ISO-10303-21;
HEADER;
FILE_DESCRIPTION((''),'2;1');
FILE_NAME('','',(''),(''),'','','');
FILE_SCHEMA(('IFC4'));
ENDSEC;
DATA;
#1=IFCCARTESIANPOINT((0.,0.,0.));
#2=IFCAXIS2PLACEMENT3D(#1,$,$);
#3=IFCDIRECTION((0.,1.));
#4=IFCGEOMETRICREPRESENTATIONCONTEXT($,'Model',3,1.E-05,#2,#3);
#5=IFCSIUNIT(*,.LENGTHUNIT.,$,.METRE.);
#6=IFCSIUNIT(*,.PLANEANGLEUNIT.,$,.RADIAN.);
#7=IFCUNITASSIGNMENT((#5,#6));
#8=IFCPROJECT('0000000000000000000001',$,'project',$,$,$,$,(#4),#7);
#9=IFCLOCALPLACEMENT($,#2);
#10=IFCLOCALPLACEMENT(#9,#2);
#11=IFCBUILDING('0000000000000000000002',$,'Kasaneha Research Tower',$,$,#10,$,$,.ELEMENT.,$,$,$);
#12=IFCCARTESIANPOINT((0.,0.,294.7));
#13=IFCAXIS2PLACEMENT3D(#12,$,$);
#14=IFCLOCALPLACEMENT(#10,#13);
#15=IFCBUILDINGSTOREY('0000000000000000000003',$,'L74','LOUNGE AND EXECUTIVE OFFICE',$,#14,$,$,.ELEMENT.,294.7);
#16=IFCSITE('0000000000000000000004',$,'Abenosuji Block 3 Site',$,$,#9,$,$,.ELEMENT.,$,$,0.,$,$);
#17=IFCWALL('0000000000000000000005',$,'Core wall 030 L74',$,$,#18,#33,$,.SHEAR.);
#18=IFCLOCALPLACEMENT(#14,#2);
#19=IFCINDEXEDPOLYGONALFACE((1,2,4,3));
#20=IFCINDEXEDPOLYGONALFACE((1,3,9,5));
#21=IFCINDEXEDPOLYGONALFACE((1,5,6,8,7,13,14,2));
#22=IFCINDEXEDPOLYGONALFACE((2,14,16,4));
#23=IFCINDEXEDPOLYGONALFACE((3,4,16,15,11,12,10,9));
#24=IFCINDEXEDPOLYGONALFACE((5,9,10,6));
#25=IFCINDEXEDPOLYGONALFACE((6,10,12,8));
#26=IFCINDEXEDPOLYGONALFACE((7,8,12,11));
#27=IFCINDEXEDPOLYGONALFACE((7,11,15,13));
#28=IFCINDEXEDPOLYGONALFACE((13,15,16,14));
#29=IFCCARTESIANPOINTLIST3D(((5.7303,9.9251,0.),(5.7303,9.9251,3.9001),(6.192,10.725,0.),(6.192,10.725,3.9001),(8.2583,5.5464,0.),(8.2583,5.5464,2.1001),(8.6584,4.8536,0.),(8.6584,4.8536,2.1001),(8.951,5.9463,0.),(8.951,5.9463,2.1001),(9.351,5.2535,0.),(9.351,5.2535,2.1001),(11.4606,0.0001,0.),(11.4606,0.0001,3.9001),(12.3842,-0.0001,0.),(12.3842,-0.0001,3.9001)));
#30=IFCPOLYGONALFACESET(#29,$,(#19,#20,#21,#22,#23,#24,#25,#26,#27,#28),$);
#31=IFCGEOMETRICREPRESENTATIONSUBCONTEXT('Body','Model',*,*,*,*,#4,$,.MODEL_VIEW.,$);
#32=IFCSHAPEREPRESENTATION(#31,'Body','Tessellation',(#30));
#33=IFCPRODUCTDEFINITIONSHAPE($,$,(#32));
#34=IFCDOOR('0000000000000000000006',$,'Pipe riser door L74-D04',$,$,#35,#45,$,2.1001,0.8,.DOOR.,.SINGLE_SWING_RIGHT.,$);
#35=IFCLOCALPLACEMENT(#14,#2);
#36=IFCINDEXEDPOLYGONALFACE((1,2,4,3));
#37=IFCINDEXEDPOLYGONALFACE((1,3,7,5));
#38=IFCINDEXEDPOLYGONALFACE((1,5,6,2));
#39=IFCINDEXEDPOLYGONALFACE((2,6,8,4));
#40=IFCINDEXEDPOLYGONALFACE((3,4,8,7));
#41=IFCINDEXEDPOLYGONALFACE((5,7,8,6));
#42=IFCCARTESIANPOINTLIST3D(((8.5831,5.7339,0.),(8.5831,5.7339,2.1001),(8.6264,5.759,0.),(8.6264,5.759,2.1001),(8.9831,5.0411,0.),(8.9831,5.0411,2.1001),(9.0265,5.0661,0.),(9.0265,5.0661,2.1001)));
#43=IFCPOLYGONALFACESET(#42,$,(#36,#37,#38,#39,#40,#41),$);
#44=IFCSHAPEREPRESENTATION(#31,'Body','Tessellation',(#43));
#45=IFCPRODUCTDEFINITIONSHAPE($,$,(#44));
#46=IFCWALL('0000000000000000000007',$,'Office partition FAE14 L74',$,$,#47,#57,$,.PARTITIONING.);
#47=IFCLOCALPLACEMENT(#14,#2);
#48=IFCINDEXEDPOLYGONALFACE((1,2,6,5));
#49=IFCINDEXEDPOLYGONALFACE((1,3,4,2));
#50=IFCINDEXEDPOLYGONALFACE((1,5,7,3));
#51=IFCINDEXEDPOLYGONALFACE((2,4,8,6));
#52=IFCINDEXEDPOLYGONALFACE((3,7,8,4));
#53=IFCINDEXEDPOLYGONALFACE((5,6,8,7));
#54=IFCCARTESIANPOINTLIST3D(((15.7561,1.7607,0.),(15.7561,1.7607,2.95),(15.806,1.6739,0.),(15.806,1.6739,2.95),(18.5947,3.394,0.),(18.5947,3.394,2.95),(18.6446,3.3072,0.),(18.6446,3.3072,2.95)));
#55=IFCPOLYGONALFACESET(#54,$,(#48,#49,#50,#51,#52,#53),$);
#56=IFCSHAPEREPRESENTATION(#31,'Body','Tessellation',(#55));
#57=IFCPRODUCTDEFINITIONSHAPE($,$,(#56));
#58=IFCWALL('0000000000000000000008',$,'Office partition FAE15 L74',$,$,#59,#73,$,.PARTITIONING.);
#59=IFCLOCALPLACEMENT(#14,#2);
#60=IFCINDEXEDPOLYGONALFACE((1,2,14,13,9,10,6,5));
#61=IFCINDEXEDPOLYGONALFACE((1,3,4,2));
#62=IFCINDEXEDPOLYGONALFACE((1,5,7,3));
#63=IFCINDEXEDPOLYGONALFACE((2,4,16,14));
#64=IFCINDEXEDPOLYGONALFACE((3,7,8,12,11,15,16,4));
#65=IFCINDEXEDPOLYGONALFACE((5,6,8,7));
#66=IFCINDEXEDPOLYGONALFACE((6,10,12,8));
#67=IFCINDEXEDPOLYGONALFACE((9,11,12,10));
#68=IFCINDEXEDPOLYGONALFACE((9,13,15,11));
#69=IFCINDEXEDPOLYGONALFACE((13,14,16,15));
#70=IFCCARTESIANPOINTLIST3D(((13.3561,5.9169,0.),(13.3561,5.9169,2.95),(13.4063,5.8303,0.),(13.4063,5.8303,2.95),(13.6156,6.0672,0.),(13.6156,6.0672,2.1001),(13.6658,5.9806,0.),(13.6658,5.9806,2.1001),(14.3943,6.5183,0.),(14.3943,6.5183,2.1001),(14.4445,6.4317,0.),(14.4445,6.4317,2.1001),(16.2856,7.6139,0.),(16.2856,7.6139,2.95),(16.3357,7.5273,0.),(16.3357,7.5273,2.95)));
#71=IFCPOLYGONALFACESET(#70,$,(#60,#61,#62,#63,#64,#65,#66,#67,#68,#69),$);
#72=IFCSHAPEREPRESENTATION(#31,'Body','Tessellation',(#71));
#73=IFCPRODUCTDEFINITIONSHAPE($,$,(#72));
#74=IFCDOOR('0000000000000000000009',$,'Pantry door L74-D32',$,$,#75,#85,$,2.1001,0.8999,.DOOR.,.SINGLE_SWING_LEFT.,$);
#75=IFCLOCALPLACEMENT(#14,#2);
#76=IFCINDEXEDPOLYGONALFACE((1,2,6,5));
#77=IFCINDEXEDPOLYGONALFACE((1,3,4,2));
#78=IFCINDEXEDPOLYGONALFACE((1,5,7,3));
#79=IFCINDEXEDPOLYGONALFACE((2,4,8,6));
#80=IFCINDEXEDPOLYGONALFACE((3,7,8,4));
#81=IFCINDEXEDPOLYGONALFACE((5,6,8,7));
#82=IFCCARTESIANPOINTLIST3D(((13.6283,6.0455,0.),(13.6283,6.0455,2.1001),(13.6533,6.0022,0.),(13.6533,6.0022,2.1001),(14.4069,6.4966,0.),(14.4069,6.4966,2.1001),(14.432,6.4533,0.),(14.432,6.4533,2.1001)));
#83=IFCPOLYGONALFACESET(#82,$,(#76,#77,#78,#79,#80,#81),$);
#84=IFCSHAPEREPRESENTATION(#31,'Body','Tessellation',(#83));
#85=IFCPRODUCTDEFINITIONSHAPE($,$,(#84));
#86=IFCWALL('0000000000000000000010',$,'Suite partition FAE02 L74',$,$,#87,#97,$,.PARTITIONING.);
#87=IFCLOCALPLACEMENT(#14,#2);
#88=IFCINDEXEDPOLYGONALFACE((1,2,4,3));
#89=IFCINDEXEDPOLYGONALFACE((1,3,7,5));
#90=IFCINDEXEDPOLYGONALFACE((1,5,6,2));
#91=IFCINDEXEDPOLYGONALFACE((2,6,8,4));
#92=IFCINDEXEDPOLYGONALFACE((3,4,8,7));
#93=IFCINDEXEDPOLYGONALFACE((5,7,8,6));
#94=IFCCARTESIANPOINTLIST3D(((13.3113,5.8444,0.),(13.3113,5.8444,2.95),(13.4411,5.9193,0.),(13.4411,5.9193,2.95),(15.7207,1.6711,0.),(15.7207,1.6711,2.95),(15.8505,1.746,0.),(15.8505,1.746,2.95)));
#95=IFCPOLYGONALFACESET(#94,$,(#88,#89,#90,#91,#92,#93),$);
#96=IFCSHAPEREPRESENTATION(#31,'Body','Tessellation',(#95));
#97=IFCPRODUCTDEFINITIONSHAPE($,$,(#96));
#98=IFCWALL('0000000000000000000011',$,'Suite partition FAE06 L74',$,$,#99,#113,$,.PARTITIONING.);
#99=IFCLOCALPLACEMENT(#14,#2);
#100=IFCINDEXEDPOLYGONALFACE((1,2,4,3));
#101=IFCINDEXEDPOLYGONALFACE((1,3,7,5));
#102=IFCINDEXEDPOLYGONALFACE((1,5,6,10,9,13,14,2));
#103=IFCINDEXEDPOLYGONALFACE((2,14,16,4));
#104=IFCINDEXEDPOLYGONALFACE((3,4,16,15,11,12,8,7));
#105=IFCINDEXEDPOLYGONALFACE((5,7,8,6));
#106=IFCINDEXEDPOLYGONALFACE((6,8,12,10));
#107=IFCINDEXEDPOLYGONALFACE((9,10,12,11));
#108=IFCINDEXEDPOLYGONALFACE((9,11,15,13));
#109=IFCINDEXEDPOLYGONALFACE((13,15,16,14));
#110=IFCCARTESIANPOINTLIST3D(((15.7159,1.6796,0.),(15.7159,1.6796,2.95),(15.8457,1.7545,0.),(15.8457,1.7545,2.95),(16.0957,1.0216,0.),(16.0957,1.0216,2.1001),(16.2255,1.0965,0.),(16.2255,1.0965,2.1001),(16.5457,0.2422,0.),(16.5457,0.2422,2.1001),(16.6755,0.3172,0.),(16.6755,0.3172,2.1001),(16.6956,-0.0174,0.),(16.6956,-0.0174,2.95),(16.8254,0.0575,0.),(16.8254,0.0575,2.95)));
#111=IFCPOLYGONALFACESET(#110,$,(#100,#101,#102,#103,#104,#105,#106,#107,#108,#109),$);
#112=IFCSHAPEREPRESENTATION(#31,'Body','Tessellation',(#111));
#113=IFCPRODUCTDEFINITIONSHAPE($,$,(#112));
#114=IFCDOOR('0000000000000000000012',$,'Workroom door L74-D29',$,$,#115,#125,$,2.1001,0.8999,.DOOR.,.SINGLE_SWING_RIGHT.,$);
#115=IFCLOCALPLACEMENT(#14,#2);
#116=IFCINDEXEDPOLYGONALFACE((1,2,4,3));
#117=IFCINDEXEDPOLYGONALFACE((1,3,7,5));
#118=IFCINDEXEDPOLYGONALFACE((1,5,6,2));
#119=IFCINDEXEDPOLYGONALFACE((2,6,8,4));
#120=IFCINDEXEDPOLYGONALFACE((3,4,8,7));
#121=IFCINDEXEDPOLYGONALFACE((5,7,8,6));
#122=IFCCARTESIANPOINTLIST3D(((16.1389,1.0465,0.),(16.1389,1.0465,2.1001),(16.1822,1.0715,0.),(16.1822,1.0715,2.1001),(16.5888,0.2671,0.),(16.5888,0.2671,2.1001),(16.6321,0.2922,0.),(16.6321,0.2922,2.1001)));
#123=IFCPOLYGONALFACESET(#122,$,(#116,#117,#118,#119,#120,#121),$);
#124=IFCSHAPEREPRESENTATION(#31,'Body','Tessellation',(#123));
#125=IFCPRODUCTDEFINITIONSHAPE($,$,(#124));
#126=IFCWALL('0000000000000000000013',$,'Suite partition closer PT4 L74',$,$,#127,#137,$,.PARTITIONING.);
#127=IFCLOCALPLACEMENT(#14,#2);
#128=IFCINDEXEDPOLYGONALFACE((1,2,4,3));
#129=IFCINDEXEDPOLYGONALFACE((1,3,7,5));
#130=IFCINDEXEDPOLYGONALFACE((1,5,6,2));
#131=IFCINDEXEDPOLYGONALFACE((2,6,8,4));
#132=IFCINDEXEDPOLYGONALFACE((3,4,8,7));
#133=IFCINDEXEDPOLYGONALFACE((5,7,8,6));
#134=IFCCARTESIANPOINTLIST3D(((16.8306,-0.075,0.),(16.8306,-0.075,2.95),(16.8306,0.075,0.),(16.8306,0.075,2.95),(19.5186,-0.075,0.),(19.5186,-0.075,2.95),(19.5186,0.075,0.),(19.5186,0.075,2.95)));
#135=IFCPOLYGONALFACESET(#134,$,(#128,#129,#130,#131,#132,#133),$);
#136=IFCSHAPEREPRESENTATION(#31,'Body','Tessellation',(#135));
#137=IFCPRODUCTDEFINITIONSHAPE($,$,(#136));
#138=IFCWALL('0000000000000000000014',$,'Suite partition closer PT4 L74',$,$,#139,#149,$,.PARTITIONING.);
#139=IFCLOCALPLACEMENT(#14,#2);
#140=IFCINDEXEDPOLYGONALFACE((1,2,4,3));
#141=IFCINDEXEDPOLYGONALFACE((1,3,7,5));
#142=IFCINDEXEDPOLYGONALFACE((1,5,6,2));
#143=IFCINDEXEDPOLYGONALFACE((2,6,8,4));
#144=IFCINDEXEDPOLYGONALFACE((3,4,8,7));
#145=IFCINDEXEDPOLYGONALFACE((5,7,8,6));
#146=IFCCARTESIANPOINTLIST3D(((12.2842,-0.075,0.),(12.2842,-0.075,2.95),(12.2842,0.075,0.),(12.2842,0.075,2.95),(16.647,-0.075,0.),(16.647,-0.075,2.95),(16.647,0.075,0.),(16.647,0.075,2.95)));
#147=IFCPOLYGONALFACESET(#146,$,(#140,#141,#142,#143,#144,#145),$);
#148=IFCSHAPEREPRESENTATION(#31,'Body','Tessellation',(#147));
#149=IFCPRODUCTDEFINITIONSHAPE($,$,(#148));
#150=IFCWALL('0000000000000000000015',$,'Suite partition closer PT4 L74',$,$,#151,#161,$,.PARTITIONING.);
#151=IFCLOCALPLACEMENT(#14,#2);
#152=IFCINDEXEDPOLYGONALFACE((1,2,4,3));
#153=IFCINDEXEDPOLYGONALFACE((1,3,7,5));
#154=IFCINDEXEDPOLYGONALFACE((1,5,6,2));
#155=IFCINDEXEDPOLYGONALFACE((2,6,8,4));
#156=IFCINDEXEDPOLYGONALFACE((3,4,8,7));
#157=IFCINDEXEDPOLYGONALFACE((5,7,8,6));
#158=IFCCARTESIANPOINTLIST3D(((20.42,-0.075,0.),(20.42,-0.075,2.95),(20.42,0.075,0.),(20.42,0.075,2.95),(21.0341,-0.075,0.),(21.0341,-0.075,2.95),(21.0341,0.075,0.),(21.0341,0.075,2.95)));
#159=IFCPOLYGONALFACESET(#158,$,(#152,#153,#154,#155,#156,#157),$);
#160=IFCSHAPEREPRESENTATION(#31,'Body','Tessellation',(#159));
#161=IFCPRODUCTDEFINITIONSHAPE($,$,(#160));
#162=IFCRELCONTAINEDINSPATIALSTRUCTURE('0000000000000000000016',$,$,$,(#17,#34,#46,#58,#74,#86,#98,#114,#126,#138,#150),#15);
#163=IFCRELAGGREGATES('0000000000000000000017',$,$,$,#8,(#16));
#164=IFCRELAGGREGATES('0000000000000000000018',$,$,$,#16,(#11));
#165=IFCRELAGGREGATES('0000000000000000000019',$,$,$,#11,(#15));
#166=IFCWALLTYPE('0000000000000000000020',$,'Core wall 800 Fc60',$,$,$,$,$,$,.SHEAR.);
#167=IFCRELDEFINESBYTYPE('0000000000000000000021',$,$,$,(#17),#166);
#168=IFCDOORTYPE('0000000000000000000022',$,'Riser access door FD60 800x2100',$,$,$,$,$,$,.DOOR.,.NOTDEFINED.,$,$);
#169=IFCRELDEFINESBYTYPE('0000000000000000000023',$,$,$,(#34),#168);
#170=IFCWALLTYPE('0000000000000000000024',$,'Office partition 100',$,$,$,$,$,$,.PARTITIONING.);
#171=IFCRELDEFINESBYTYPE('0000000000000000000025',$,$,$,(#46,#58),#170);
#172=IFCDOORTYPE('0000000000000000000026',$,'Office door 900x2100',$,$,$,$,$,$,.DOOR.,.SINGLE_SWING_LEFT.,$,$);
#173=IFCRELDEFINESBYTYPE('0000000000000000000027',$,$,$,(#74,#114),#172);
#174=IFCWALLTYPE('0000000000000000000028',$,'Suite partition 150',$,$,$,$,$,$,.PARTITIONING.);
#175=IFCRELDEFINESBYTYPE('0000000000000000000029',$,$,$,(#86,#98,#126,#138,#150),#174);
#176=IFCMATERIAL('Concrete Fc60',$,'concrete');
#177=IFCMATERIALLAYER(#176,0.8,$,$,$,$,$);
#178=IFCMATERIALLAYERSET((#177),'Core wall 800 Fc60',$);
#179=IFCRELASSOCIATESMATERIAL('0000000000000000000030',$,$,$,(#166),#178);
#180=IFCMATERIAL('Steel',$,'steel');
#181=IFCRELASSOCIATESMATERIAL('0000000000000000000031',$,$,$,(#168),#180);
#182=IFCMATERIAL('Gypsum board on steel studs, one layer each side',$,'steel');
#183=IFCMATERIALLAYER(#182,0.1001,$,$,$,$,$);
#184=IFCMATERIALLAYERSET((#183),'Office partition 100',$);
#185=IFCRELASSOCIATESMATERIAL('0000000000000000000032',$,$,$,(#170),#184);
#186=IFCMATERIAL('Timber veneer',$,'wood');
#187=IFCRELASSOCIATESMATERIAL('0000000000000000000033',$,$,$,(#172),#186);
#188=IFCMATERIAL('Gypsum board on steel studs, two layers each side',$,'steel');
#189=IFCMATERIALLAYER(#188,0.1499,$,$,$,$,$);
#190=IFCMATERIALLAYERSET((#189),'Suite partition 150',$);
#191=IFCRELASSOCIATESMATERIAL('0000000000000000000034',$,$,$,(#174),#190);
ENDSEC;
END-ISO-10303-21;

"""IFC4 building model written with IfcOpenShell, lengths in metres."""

from ifc_helpers import new_model, si_unit, direction, frame, frame_2d, origin, place, context, subcontext, project, spatial, polyline, rectangle, outline, extrude, material, layer, layer_set, type_object, element, fill, save


model = new_model("IFC4")

# Units and contexts
model_context = context("Model", 3, precision=1e-05, world=origin(), true_north=direction((0.0, 1.0)))
body_context = subcontext(model_context, "Body", "Model", "MODEL_VIEW")
ifc_project = project(units=[si_unit("LENGTHUNIT", "METRE"), si_unit("PLANEANGLEUNIT", "RADIAN")], contexts=[model_context])

# Site, building, storey
site_placement = place(None, origin())
site = spatial("IfcSite", under=ifc_project, at=site_placement, Name="Abenosuji Block 3 Site", CompositionType="ELEMENT", RefElevation=0.0)
building_placement = place(site_placement, origin())
building = spatial("IfcBuilding", under=site, at=building_placement, Name="Kasaneha Research Tower", CompositionType="ELEMENT")
storey_placement = place(building_placement, frame((0.0, 0.0, 294.7)))
storey = spatial("IfcBuildingStorey", under=building, at=storey_placement, Name="L74", Description="LOUNGE AND EXECUTIVE OFFICE", CompositionType="ELEMENT", Elevation=294.7)

# Wall, opening, door
ifc_material_1 = material(Name="Concrete Fc60", Category="concrete")
ifc_layer_1 = layer(ifc_material_1, 0.8)
ifc_layer_set_1 = layer_set([ifc_layer_1], Name="Core wall 800 Fc60")
wall_type_1 = type_object("IfcWallType", Name="Core wall 800 Fc60", PredefinedType="SHEAR", material=ifc_layer_set_1)
wall_1_placement = place(storey_placement, frame((11.9224, 0.0, 0.0), z_axis=(0.0, 0.0, 1.0), x_axis=(-0.500004, 0.866023, 0.0)))
wall_1 = element("IfcWall", 1, at=wall_1_placement, inside=storey, type_object=wall_type_1, Name="Core wall 030 L74", PredefinedType="SHEAR", context=body_context, shape_type="SweptSolid", body=[
    extrude(outline(polyline([(-0.231, -0.3999), (5.8354, -0.3999), (6.6355, -0.3999), (12.1533, -0.3999), (11.6914, 0.3999), (6.6355, 0.3999), (5.8354, 0.3999), (0.231, 0.3999), (-0.231, -0.3999)])), origin(), (0.0, 0.0, 1.0), 3.9001),
])
opening_1_placement = place(wall_1_placement, frame((5.8354, 0.0, 0.0)))
opening_1 = element("IfcOpeningElement", 2, at=opening_1_placement, cuts=wall_1, PredefinedType="OPENING", context=body_context, shape_type="SweptSolid", body=[
    extrude(rectangle(XDim=0.8, YDim=2.1001, at=frame_2d((0.3999, 1.05))), frame((0.0, 0.4102, 0.0), z_axis=(0.0, -1.0, 0.0), x_axis=(1.0, 0.0, 0.0)), (0.0, 0.0, 1.0), 0.8201),
])
ifc_material_2 = material(Name="Steel", Category="steel")
door_type_1 = type_object("IfcDoorType", Name="Riser access door FD60 800x2100", OperationType="NOTDEFINED", PredefinedType="DOOR", material=ifc_material_2)
door_1_placement = place(opening_1_placement, origin())
door_1 = element("IfcDoor", 3, at=door_1_placement, inside=storey, type_object=door_type_1, Name="Pipe riser door L74-D04", OperationType="SINGLE_SWING_RIGHT", OverallHeight=2.1001, OverallWidth=0.8, PredefinedType="DOOR", context=body_context, shape_type="SweptSolid", body=[
    extrude(rectangle(XDim=0.8, YDim=2.1001, at=frame_2d((0.3999, 1.05))), frame((0.0, 0.0249, 0.0), z_axis=(0.0, -1.0, 0.0), x_axis=(1.0, 0.0, 0.0)), (0.0, 0.0, 1.0), 0.05),
])
fill(opening_1, door_1)

# Wall
ifc_material_3 = material(Name="Gypsum board on steel studs, one layer each side", Category="steel")
ifc_layer_2 = layer(ifc_material_3, 0.1001)
ifc_layer_set_2 = layer_set([ifc_layer_2], Name="Office partition 100")
wall_type_2 = type_object("IfcWallType", Name="Office partition 100", PredefinedType="PARTITIONING", material=ifc_layer_set_2)
wall_2_placement = place(storey_placement, frame((18.6196, 3.3506, 0.0), z_axis=(0.0, 0.0, 1.0), x_axis=(-0.866762, -0.498722, 0.0)))
element("IfcWall", 4, at=wall_2_placement, inside=storey, type_object=wall_type_2, Name="Office partition FAE14 L74", PredefinedType="PARTITIONING", context=body_context, shape_type="SweptSolid", body=[
    extrude(rectangle(XDim=3.2749, YDim=0.1001, at=frame_2d((1.6375, 0.0))), origin(), (0.0, 0.0, 1.0), 2.95),
])

# Wall, opening, door
wall_3_placement = place(storey_placement, frame((13.3811, 5.8735, 0.0), z_axis=(0.0, 0.0, 1.0), x_axis=(0.865295, 0.501264, 0.0)))
wall_3 = element("IfcWall", 5, at=wall_3_placement, inside=storey, type_object=wall_type_2, Name="Office partition FAE15 L74", PredefinedType="PARTITIONING", context=body_context, shape_type="SweptSolid", body=[
    extrude(rectangle(XDim=3.3855, YDim=0.1001, at=frame_2d((1.6929, 0.0))), origin(), (0.0, 0.0, 1.0), 2.95),
])
opening_2_placement = place(wall_3_placement, frame((0.3, 0.0, 0.0)))
opening_2 = element("IfcOpeningElement", 6, at=opening_2_placement, cuts=wall_3, PredefinedType="OPENING", context=body_context, shape_type="SweptSolid", body=[
    extrude(rectangle(XDim=0.8999, YDim=2.1001, at=frame_2d((0.45, 1.05))), frame((0.0, 0.0601, 0.0), z_axis=(0.0, -1.0, 0.0), x_axis=(1.0, 0.0, 0.0)), (0.0, 0.0, 1.0), 0.1201),
])
ifc_material_4 = material(Name="Timber veneer", Category="wood")
door_type_2 = type_object("IfcDoorType", Name="Office door 900x2100", OperationType="SINGLE_SWING_LEFT", PredefinedType="DOOR", material=ifc_material_4)
door_2_placement = place(opening_2_placement, origin())
door_2 = element("IfcDoor", 7, at=door_2_placement, inside=storey, type_object=door_type_2, Name="Pantry door L74-D32", OperationType="SINGLE_SWING_LEFT", OverallHeight=2.1001, OverallWidth=0.8999, PredefinedType="DOOR", context=body_context, shape_type="SweptSolid", body=[
    extrude(rectangle(XDim=0.8999, YDim=2.1001, at=frame_2d((0.45, 1.05))), frame((0.0, 0.0249, 0.0), z_axis=(0.0, -1.0, 0.0), x_axis=(1.0, 0.0, 0.0)), (0.0, 0.0, 1.0), 0.05),
])
fill(opening_2, door_2)

# Wall
ifc_material_5 = material(Name="Gypsum board on steel studs, two layers each side", Category="steel")
ifc_layer_3 = layer(ifc_material_5, 0.1499)
ifc_layer_set_3 = layer_set([ifc_layer_3], Name="Suite partition 150")
wall_type_3 = type_object("IfcWallType", Name="Suite partition 150", PredefinedType="PARTITIONING", material=ifc_layer_set_3)
wall_4_placement = place(storey_placement, frame((13.3762, 5.8818, 0.0), z_axis=(0.0, 0.0, 1.0), x_axis=(0.499991, -0.86603, 0.0)))
element("IfcWall", 8, at=wall_4_placement, inside=storey, type_object=wall_type_3, Name="Suite partition FAE02 L74", PredefinedType="PARTITIONING", context=body_context, shape_type="SweptSolid", body=[
    extrude(rectangle(XDim=4.8188, YDim=0.1499, at=frame_2d((2.4094, 0.0))), origin(), (0.0, 0.0, 1.0), 2.95),
])

# Wall, opening, door
wall_5_placement = place(storey_placement, frame((15.7808, 1.717, 0.0), z_axis=(0.0, 0.0, 1.0), x_axis=(0.499985, -0.866034, 0.0)))
wall_5 = element("IfcWall", 9, at=wall_5_placement, inside=storey, type_object=wall_type_3, Name="Suite partition FAE06 L74", PredefinedType="PARTITIONING", context=body_context, shape_type="SweptSolid", body=[
    extrude(rectangle(XDim=1.9595, YDim=0.1499, at=frame_2d((0.9797, 0.0))), origin(), (0.0, 0.0, 1.0), 2.95),
])
opening_3_placement = place(wall_5_placement, frame((0.7598, 0.0, 0.0)))
opening_3 = element("IfcOpeningElement", 10, at=opening_3_placement, cuts=wall_5, PredefinedType="OPENING", context=body_context, shape_type="SweptSolid", body=[
    extrude(rectangle(XDim=0.8999, YDim=2.1001, at=frame_2d((0.45, 1.05))), frame((0.0, 0.085, 0.0), z_axis=(0.0, -1.0, 0.0), x_axis=(1.0, 0.0, 0.0)), (0.0, 0.0, 1.0), 0.1699),
])
door_3_placement = place(opening_3_placement, origin())
door_3 = element("IfcDoor", 11, at=door_3_placement, inside=storey, type_object=door_type_2, Name="Workroom door L74-D29", OperationType="SINGLE_SWING_RIGHT", OverallHeight=2.1001, OverallWidth=0.8999, PredefinedType="DOOR", context=body_context, shape_type="SweptSolid", body=[
    extrude(rectangle(XDim=0.8999, YDim=2.1001, at=frame_2d((0.45, 1.05))), frame((0.0, 0.0249, 0.0), z_axis=(0.0, -1.0, 0.0), x_axis=(1.0, 0.0, 0.0)), (0.0, 0.0, 1.0), 0.05),
])
fill(opening_3, door_3)

# Walls
wall_6_placement = place(storey_placement, frame((19.5186, 0.0, 0.0), z_axis=(0.0, 0.0, 1.0), x_axis=(-1.0, 0.0, 0.0)))
element("IfcWall", 12, at=wall_6_placement, inside=storey, type_object=wall_type_3, Name="Suite partition closer PT4 L74", PredefinedType="PARTITIONING", context=body_context, shape_type="SweptSolid", body=[
    extrude(rectangle(XDim=2.688, YDim=0.1499, at=frame_2d((1.344, 0.0))), origin(), (0.0, 0.0, 1.0), 2.95),
])
wall_7_placement = place(storey_placement, frame((12.2842, 0.0, 0.0), z_axis=(0.0, 0.0, 1.0), x_axis=(1.0, 0.0, 0.0)))
element("IfcWall", 13, at=wall_7_placement, inside=storey, type_object=wall_type_3, Name="Suite partition closer PT4 L74", PredefinedType="PARTITIONING", context=body_context, shape_type="SweptSolid", body=[
    extrude(rectangle(XDim=4.3628, YDim=0.1499, at=frame_2d((2.1814, 0.0))), origin(), (0.0, 0.0, 1.0), 2.95),
])
wall_8_placement = place(storey_placement, frame((20.4199, 0.0, 0.0), z_axis=(0.0, 0.0, 1.0), x_axis=(1.0, 0.0, 0.0)))
element("IfcWall", 14, at=wall_8_placement, inside=storey, type_object=wall_type_3, Name="Suite partition closer PT4 L74", PredefinedType="PARTITIONING", context=body_context, shape_type="SweptSolid", body=[
    extrude(rectangle(XDim=0.614, YDim=0.1499, at=frame_2d((0.3071, 0.0))), origin(), (0.0, 0.0, 1.0), 2.95),
])

save(model, "model.ifc")
